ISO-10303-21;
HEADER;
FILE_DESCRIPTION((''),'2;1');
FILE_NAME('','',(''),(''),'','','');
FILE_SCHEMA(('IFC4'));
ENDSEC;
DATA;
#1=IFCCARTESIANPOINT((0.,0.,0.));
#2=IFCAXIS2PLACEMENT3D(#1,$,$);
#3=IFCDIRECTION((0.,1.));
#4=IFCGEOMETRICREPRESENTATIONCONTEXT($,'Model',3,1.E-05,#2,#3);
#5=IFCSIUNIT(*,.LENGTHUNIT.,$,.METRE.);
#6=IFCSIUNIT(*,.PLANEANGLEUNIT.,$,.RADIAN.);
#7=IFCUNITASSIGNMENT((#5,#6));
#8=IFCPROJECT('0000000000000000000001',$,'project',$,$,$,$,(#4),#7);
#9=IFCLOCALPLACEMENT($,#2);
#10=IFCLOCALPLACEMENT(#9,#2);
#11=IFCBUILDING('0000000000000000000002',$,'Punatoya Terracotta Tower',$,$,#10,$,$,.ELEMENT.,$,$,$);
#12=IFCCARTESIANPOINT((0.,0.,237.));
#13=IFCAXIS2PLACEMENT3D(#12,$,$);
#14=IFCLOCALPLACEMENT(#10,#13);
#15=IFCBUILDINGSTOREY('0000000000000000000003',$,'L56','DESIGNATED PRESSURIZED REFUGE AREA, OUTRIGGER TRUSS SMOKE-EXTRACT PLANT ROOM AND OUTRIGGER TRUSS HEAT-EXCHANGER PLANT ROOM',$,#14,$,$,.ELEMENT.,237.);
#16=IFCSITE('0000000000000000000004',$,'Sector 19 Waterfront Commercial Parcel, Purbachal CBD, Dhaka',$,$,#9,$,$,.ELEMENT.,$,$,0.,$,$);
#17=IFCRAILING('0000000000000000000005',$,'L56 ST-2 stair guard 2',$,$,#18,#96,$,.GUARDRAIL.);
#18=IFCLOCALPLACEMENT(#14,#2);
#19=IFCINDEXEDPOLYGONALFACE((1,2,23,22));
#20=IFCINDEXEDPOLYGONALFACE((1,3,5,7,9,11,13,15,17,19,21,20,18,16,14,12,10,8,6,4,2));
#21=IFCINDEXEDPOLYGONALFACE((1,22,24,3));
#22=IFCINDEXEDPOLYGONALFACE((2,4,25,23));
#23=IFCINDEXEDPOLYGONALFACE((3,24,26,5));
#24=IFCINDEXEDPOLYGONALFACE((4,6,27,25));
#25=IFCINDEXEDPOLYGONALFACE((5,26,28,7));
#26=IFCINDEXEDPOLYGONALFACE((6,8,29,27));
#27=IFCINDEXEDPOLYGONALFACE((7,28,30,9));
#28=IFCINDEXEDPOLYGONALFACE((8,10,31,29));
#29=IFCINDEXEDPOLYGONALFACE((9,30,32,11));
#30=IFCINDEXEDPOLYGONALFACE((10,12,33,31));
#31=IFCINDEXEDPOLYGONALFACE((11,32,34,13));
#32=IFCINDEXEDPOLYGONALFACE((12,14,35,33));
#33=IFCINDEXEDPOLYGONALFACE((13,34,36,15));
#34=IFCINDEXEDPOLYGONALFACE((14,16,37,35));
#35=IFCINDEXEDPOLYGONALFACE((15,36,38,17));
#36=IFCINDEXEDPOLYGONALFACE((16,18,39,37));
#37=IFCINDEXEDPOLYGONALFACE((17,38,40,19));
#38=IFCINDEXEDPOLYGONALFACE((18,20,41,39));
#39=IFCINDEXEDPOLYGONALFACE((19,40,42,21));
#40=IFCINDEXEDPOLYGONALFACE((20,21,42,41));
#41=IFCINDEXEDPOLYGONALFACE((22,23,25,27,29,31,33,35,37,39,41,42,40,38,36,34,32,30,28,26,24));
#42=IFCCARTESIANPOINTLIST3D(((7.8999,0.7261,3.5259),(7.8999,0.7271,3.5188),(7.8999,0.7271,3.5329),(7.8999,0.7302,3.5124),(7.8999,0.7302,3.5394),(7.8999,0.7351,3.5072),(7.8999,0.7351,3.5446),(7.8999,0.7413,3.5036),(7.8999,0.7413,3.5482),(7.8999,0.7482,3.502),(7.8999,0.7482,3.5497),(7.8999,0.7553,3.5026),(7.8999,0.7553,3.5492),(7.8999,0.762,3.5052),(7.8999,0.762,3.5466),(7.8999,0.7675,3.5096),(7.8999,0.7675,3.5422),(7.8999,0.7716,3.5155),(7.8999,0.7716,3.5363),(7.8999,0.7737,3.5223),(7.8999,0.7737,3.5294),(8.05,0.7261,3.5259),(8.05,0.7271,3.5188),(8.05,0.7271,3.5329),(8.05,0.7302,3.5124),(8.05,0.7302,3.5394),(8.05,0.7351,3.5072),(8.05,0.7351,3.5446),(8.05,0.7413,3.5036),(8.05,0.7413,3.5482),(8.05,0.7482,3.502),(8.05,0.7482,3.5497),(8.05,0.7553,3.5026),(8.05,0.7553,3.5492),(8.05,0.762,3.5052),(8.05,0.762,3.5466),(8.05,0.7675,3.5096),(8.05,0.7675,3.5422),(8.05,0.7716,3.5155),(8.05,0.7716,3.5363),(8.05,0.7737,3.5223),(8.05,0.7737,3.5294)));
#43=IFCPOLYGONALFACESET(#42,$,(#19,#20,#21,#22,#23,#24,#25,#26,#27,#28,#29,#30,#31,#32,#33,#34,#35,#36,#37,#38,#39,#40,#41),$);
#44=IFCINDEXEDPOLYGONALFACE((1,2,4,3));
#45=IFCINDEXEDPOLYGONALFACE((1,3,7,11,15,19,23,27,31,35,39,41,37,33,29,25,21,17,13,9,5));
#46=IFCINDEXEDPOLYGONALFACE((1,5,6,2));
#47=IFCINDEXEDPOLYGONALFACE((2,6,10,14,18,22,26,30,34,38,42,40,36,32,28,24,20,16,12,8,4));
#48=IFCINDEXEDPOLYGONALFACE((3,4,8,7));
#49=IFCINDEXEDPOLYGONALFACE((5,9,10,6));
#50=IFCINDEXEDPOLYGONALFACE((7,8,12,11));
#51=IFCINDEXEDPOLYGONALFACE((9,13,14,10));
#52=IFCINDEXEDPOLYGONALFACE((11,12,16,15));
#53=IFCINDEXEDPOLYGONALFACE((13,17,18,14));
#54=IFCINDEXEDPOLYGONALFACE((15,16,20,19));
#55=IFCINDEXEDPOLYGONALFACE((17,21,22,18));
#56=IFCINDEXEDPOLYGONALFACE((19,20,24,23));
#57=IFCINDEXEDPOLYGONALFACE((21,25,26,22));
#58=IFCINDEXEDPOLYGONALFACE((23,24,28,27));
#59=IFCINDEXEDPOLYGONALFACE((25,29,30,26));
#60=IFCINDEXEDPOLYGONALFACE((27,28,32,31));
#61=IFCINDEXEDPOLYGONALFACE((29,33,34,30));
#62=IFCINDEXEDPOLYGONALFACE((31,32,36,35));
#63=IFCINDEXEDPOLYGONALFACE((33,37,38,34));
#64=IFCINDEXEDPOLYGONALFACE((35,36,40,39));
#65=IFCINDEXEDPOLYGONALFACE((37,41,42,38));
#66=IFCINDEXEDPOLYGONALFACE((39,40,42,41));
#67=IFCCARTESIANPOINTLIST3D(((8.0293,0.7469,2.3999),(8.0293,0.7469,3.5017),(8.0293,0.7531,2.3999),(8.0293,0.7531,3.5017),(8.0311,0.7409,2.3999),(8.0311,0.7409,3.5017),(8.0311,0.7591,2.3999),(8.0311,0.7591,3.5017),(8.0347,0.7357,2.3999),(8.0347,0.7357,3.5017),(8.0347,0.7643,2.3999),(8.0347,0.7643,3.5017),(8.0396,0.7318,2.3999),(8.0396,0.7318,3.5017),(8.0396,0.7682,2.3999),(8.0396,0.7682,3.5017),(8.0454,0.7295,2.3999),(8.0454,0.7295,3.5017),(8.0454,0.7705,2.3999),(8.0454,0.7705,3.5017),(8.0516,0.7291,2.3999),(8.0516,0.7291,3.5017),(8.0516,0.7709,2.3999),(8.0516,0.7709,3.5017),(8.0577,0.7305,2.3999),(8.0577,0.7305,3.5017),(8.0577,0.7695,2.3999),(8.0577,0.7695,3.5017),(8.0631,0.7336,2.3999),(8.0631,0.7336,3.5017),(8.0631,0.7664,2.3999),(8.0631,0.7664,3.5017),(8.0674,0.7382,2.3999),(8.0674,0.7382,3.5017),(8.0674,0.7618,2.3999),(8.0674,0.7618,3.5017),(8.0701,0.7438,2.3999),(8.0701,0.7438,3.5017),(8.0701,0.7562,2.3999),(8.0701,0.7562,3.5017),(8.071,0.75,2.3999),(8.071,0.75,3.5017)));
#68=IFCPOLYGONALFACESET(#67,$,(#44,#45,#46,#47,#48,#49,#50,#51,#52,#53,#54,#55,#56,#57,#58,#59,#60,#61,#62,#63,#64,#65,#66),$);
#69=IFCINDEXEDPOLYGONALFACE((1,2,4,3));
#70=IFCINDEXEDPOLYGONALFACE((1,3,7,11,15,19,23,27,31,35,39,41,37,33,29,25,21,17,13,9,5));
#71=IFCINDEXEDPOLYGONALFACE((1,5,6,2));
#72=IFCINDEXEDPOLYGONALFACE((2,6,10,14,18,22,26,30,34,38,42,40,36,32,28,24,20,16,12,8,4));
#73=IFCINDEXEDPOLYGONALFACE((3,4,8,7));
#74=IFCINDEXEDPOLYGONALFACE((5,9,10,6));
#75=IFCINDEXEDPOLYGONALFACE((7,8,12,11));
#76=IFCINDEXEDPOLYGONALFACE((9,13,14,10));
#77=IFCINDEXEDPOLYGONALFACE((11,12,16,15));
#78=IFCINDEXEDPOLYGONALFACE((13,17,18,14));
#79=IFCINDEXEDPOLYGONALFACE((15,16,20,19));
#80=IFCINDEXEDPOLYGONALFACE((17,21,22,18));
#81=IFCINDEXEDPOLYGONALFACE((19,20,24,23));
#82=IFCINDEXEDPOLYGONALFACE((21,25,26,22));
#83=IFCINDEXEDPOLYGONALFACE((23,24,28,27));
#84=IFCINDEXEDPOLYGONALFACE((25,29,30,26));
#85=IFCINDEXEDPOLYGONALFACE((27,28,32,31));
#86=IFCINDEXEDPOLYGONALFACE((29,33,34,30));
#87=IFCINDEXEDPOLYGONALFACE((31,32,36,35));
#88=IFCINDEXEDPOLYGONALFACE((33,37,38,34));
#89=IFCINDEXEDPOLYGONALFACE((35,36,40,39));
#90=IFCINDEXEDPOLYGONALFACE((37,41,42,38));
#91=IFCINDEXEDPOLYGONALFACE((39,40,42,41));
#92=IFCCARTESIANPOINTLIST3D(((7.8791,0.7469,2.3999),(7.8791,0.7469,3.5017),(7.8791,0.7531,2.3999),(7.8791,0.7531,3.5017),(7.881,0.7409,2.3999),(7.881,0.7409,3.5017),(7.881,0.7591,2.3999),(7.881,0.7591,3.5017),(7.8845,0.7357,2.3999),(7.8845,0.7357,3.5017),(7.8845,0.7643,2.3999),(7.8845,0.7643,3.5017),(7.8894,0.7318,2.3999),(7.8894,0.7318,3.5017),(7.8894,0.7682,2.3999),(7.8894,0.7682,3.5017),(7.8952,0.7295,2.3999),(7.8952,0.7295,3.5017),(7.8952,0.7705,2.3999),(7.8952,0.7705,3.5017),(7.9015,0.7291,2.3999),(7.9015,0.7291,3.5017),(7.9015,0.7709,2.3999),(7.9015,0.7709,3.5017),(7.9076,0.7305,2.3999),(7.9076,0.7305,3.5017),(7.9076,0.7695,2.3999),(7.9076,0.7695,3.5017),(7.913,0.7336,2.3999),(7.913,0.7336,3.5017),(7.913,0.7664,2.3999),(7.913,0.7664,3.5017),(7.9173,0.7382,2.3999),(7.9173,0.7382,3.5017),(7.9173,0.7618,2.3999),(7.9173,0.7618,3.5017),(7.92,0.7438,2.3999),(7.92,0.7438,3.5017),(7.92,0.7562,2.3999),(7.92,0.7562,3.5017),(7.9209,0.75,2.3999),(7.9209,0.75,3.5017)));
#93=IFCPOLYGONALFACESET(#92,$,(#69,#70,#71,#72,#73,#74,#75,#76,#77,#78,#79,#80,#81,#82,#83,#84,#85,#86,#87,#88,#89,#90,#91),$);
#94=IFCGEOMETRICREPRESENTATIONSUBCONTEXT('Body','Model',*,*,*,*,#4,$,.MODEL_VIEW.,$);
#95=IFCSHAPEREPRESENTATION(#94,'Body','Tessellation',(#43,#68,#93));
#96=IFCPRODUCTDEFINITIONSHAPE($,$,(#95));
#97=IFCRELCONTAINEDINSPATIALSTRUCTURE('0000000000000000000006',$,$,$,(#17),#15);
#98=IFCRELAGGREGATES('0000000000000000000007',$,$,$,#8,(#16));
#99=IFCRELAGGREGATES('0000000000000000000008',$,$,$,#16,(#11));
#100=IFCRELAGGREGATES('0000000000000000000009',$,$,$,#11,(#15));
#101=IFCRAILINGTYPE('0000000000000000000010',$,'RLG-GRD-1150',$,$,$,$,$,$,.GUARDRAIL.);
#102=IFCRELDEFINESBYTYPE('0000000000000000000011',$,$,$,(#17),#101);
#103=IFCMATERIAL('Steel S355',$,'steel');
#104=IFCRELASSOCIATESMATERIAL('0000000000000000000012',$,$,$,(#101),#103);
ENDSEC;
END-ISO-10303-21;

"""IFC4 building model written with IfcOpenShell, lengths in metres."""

from ifc_helpers import new_model, si_unit, direction, frame, origin, origin_2d, place, context, subcontext, project, spatial, circle, extrude, material, type_object, element, save


model = new_model("IFC4")

# Units and contexts
model_context = context("Model", 3, precision=1e-05, world=origin(), true_north=direction((0.0, 1.0)))
body_context = subcontext(model_context, "Body", "Model", "MODEL_VIEW")
ifc_project = project(units=[si_unit("LENGTHUNIT", "METRE"), si_unit("PLANEANGLEUNIT", "RADIAN")], contexts=[model_context])

# Site, building, storey
site_placement = place(None, origin())
site = spatial("IfcSite", under=ifc_project, at=site_placement, Name="Sector 19 Waterfront Commercial Parcel, Purbachal CBD, Dhaka", CompositionType="ELEMENT", RefElevation=0.0)
building_placement = place(site_placement, origin())
building = spatial("IfcBuilding", under=site, at=building_placement, Name="Punatoya Terracotta Tower", CompositionType="ELEMENT")
storey_placement = place(building_placement, frame((0.0, 0.0, 237.0)))
storey = spatial("IfcBuildingStorey", under=building, at=storey_placement, Name="L56", Description="DESIGNATED PRESSURIZED REFUGE AREA, OUTRIGGER TRUSS SMOKE-EXTRACT PLANT ROOM AND OUTRIGGER TRUSS HEAT-EXCHANGER PLANT ROOM", CompositionType="ELEMENT", Elevation=237.0)

# Railing
ifc_material_1 = material(Name="Steel S355", Category="steel")
railing_type = type_object("IfcRailingType", Name="RLG-GRD-1150", PredefinedType="GUARDRAIL", material=ifc_material_1)
railing_1_placement = place(storey_placement, frame((8.05, 0.75, 2.3999)))
element("IfcRailing", 1, at=railing_1_placement, inside=storey, type_object=railing_type, Name="L56 ST-2 stair guard 2", PredefinedType="GUARDRAIL", context=body_context, shape_type="SweptSolid", body=[
    extrude(circle(Radius=0.0239, at=origin_2d()), frame((0.0, 0.0, 1.126), z_axis=(-1.0, 0.0, 0.0), x_axis=(0.0, -1.0, 0.0)), (0.0, 0.0, 1.0), 0.1501),
    extrude(circle(Radius=0.021, at=origin_2d()), origin(), (0.0, 0.0, 1.0), 1.1018),
    extrude(circle(Radius=0.021, at=origin_2d()), frame((-0.1501, 0.0, 0.0)), (0.0, 0.0, 1.0), 1.1018),
])

save(model, "model.ifc")
